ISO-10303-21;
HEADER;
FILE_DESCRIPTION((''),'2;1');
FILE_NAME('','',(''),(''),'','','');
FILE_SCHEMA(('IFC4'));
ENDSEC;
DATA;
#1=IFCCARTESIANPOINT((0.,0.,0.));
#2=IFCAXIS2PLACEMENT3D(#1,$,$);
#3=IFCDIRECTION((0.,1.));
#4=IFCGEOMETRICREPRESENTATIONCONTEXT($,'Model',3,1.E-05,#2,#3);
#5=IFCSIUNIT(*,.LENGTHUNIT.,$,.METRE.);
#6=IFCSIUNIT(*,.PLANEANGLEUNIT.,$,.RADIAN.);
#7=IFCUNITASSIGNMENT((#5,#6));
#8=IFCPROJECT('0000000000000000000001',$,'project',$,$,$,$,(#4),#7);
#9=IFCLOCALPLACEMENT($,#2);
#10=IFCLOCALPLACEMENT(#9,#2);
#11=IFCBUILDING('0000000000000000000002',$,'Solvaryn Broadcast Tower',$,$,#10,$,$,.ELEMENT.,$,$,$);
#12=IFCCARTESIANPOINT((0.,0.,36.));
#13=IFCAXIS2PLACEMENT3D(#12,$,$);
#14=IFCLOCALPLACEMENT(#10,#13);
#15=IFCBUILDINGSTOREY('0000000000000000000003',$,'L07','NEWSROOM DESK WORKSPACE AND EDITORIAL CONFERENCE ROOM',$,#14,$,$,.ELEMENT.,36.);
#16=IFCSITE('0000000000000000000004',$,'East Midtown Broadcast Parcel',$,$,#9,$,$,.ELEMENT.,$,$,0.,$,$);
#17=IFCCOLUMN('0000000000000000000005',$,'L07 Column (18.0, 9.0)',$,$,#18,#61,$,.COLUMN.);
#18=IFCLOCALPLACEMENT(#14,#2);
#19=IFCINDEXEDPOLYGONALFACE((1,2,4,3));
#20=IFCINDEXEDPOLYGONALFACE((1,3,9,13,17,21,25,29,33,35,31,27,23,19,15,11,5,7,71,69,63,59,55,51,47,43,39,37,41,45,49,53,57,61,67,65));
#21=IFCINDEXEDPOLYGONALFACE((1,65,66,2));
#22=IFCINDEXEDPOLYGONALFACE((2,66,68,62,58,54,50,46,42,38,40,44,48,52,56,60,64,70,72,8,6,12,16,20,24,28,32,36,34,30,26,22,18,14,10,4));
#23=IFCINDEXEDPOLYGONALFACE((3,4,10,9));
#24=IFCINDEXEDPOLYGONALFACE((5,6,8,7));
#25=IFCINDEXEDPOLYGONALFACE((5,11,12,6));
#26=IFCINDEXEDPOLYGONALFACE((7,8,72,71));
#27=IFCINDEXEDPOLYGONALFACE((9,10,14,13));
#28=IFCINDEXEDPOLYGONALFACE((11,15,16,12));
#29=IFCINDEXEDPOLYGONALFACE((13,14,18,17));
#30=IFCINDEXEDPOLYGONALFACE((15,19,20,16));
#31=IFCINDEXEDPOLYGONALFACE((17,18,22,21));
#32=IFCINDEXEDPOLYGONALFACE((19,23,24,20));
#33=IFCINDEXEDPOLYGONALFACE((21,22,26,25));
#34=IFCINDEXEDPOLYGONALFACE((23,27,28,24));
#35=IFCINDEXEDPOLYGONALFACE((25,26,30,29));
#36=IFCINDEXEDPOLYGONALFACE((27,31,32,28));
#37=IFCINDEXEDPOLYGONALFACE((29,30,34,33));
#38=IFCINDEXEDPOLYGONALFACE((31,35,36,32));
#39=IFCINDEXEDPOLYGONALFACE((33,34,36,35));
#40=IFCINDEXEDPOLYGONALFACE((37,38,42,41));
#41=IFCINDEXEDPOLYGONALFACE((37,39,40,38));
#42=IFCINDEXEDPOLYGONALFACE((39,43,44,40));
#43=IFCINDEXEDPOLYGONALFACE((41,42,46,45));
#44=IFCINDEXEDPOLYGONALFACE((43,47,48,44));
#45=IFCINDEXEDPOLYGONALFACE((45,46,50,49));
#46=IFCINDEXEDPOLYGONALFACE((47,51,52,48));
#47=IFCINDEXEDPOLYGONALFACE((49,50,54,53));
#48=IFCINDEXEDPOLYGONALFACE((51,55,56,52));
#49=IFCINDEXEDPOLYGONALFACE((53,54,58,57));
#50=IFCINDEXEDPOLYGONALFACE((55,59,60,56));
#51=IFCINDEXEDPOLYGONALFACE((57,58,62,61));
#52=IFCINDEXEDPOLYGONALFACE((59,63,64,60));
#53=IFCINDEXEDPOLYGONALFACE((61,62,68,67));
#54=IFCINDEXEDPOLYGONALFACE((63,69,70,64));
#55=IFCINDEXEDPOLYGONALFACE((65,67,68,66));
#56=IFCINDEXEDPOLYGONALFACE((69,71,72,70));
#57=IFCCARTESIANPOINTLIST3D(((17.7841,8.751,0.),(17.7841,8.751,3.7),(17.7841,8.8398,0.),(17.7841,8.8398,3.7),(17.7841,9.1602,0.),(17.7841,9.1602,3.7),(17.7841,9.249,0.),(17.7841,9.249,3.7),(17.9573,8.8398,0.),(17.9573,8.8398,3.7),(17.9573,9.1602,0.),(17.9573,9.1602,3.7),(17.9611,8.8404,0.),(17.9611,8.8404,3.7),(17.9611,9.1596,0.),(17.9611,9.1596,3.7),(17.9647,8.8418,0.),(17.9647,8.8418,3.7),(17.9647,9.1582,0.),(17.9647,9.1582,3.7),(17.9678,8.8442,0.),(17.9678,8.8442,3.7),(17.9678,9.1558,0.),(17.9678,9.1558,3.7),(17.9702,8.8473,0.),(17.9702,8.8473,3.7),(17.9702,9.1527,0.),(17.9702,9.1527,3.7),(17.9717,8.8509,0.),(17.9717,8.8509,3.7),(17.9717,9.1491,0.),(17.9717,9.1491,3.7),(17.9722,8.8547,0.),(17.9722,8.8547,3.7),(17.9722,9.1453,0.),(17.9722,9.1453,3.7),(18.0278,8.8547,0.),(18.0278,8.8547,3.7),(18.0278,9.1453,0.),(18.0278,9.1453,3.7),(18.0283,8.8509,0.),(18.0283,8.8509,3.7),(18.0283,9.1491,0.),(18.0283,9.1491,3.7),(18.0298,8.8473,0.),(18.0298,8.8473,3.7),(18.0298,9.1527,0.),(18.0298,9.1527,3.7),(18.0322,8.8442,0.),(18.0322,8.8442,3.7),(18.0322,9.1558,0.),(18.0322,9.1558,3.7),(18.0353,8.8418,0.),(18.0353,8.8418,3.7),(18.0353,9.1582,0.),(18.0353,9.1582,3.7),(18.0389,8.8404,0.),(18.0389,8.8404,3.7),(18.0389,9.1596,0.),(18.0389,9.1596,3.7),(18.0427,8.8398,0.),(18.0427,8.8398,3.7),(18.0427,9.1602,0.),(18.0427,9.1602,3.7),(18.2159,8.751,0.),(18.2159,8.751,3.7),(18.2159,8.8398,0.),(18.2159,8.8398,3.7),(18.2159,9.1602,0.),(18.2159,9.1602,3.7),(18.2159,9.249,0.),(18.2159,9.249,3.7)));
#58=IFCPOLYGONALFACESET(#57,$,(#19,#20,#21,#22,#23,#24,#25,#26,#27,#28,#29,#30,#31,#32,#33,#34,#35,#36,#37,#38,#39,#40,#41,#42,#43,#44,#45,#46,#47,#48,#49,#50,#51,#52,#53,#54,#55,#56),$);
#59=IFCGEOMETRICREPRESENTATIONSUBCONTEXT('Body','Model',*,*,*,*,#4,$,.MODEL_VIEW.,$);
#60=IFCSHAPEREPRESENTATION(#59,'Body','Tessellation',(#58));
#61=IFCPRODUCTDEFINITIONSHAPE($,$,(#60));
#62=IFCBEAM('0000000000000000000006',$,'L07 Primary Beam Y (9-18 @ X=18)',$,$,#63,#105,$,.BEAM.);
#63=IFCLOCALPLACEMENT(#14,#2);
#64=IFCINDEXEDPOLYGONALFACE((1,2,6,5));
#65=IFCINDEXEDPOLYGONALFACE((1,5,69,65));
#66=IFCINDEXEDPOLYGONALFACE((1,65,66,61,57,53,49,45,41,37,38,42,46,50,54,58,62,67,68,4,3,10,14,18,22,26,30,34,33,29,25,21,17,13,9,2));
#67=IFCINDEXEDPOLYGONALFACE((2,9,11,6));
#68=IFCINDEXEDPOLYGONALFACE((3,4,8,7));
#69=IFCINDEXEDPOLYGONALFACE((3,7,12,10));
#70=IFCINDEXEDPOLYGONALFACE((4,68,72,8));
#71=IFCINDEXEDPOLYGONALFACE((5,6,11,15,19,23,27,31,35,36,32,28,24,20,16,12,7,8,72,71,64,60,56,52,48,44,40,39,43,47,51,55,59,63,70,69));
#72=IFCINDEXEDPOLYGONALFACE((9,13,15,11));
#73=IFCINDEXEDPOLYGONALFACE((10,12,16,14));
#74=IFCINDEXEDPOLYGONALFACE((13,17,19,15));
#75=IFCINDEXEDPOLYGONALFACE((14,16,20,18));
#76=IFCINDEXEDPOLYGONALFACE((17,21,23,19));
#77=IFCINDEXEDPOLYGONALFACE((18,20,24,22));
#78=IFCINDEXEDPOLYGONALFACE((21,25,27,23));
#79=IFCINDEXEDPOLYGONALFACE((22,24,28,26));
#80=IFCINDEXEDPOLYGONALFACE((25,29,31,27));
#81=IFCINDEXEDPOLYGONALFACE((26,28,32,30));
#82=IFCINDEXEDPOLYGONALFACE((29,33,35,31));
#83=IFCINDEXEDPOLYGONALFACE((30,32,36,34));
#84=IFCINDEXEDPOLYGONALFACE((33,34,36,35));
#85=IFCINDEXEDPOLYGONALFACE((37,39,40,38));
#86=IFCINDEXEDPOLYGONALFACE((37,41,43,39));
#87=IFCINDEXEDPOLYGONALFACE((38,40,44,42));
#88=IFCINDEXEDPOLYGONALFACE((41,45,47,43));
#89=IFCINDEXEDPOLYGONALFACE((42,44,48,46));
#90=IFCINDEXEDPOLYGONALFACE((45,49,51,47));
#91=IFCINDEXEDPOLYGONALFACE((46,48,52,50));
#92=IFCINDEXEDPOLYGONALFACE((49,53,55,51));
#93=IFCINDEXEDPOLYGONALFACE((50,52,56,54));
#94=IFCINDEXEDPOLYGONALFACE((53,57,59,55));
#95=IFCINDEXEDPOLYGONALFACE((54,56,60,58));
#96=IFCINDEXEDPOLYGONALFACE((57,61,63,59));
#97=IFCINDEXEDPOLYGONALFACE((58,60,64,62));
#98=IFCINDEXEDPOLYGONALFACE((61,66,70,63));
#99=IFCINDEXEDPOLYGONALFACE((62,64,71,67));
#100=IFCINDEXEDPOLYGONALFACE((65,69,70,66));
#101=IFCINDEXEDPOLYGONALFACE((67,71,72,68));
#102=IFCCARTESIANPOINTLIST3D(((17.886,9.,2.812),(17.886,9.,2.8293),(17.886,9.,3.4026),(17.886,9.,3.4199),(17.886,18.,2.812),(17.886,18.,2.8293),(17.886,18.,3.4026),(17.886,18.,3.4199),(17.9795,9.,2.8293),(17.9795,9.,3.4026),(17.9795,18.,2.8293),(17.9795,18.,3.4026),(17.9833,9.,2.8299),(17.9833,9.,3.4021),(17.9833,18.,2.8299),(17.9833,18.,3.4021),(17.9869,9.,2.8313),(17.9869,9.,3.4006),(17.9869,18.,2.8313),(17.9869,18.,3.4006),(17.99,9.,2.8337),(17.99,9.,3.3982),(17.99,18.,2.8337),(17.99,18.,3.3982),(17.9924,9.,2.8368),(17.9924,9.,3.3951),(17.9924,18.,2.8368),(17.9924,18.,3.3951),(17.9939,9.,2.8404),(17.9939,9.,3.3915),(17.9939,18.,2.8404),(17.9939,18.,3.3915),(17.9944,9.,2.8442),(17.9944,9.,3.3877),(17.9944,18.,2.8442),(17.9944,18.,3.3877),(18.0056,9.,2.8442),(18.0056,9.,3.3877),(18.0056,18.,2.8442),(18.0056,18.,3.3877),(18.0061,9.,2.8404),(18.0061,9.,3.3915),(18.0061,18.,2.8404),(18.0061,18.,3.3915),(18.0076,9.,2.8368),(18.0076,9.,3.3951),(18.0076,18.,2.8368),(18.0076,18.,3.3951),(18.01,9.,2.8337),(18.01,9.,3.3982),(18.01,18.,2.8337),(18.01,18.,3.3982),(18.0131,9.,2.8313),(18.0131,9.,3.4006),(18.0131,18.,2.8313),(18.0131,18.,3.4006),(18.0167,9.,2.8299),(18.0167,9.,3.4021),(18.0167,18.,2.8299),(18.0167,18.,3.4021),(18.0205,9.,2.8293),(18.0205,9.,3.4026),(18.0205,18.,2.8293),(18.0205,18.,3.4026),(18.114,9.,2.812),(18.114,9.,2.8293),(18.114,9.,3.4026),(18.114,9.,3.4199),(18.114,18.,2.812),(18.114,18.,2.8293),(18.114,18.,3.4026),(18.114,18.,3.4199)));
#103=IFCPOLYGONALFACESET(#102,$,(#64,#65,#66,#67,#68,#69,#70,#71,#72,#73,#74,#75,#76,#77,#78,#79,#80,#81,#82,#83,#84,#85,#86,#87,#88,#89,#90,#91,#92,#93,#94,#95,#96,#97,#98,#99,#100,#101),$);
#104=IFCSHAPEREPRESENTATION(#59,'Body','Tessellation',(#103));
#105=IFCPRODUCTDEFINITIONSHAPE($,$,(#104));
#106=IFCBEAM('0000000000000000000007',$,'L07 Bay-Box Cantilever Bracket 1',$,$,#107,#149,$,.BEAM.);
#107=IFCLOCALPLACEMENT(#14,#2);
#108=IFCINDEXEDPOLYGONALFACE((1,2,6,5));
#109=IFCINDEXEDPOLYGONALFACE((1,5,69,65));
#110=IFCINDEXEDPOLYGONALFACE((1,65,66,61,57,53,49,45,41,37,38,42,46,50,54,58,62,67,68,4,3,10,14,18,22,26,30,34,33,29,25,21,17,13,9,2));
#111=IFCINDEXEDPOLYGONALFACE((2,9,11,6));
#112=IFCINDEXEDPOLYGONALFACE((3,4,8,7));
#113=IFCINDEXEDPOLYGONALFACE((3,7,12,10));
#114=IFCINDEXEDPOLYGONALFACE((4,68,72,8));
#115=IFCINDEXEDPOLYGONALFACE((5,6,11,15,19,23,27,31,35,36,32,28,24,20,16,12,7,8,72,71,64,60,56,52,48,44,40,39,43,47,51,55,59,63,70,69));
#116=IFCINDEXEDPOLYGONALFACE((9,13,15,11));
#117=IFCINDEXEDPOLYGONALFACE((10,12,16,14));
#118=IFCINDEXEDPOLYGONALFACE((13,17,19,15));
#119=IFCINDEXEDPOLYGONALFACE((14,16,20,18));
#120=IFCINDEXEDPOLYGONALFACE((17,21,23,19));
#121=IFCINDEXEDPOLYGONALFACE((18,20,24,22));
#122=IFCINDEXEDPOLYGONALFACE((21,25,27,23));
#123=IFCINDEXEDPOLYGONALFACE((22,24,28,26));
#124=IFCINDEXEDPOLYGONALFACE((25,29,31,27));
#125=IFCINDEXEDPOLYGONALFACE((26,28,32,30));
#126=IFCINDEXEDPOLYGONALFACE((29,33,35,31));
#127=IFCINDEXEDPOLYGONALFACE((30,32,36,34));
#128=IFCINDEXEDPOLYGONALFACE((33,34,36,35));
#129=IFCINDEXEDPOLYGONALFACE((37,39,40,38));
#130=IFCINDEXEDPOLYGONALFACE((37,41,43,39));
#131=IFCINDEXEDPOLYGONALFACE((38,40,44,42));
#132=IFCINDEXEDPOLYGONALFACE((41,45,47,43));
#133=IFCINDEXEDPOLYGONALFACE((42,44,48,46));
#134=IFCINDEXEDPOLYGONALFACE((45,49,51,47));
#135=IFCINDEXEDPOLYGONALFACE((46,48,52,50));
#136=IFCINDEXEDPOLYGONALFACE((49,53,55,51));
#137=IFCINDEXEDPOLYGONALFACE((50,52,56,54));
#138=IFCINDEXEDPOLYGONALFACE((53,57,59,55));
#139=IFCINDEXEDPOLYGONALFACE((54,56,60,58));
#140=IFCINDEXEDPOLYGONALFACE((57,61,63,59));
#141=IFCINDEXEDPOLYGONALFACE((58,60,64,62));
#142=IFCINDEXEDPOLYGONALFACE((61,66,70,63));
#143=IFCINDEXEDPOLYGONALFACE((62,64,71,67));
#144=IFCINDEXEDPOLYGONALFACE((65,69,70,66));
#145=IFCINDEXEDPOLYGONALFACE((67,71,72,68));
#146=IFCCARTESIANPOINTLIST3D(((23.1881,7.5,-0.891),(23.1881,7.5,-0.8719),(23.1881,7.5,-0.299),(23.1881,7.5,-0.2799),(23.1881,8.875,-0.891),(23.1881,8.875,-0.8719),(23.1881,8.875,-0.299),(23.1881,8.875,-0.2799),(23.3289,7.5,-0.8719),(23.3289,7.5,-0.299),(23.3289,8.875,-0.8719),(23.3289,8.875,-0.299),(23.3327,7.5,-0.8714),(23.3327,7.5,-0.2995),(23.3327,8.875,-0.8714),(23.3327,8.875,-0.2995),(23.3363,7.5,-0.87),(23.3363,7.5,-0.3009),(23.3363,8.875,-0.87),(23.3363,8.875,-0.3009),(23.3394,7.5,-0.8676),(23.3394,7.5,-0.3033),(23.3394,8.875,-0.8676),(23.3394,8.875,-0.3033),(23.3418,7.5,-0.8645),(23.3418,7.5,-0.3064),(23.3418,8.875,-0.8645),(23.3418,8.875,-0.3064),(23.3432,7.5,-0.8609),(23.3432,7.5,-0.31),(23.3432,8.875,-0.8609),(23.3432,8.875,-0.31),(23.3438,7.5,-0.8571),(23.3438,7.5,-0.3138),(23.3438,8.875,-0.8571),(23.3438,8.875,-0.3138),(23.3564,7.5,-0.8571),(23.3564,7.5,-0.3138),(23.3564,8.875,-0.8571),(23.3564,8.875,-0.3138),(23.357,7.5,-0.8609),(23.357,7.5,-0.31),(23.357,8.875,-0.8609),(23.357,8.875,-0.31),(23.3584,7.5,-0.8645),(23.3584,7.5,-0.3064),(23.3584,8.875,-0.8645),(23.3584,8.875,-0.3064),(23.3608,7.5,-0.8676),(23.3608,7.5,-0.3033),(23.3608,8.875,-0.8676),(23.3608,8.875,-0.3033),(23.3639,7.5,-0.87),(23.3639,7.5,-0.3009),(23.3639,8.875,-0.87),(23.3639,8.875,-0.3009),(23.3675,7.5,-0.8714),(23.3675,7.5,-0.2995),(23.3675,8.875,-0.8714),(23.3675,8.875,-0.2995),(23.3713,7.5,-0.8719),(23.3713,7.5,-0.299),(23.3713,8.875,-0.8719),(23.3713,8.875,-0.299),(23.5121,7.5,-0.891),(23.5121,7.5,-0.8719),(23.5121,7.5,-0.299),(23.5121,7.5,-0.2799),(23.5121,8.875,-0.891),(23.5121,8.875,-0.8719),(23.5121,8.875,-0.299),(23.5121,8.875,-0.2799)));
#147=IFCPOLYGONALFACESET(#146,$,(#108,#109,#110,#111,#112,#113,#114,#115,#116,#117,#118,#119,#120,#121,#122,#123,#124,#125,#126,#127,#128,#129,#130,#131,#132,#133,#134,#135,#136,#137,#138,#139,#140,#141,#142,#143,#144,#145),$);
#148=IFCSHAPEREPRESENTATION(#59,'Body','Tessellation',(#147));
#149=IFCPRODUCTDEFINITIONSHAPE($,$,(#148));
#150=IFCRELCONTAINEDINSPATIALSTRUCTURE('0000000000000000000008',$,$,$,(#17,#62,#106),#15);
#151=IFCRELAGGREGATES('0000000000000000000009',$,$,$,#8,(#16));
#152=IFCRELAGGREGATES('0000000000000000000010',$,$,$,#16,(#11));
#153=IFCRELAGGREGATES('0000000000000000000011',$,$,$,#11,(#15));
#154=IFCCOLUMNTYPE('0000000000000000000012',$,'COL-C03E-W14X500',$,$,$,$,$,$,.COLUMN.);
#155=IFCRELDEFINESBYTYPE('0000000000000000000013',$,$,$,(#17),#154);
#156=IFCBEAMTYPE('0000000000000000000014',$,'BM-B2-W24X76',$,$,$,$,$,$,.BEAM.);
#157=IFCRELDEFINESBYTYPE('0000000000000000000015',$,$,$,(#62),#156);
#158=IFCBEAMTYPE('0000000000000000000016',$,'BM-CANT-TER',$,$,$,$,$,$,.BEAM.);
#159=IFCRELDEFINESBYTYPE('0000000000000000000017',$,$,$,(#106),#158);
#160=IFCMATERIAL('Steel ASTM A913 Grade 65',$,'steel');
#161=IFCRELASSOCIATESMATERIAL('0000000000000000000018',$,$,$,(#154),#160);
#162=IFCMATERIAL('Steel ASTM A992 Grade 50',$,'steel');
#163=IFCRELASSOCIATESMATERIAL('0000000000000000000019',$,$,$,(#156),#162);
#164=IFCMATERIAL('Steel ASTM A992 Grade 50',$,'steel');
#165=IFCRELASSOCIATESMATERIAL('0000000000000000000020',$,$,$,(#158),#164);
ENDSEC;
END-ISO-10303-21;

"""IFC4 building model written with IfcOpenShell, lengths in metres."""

from ifc_helpers import new_model, si_unit, direction, frame, origin, origin_2d, place, context, subcontext, project, spatial, i_section, extrude, material, material_profile, profile_set, type_object, element, save


model = new_model("IFC4")

# Units and contexts
model_context = context("Model", 3, precision=1e-05, world=origin(), true_north=direction((0.0, 1.0)))
body_context = subcontext(model_context, "Body", "Model", "MODEL_VIEW")
ifc_project = project(units=[si_unit("LENGTHUNIT", "METRE"), si_unit("PLANEANGLEUNIT", "RADIAN")], contexts=[model_context])

# Site, building, storey
site_placement = place(None, origin())
site = spatial("IfcSite", under=ifc_project, at=site_placement, Name="East Midtown Broadcast Parcel", CompositionType="ELEMENT", RefElevation=0.0)
building_placement = place(site_placement, origin())
building = spatial("IfcBuilding", under=site, at=building_placement, Name="Solvaryn Broadcast Tower", CompositionType="ELEMENT")
storey_placement = place(building_placement, frame((0.0, 0.0, 36.0)))
storey = spatial("IfcBuildingStorey", under=building, at=storey_placement, Name="L07", Description="NEWSROOM DESK WORKSPACE AND EDITORIAL CONFERENCE ROOM", CompositionType="ELEMENT", Elevation=36.0)

# Column
ifc_material_1 = material(Name="Steel ASTM A913 Grade 65", Category="steel")
ifc_material_profile_1 = material_profile(ifc_material_1, i_section(OverallWidth=0.4319, OverallDepth=0.498, WebThickness=0.0557, FlangeThickness=0.0889, FilletRadius=0.0149, at=origin_2d()))
ifc_profile_set_1 = profile_set([ifc_material_profile_1], Name="Steel ASTM A913 Grade 65")
column_type = type_object("IfcColumnType", Name="COL-C03E-W14X500", PredefinedType="COLUMN", material=ifc_profile_set_1)
column_placement = place(storey_placement, frame((18.0, 9.0, 0.0), z_axis=(0.0, 0.0, 1.0), x_axis=(1.0, 0.0, 0.0)))
element("IfcColumn", 1, at=column_placement, inside=storey, type_object=column_type, Name="L07 Column (18.0, 9.0)", PredefinedType="COLUMN", context=body_context, shape_type="SweptSolid", body=[
    extrude(i_section(OverallWidth=0.4319, OverallDepth=0.498, WebThickness=0.0557, FlangeThickness=0.0889, FilletRadius=0.0149, at=origin_2d()), origin(), (0.0, 0.0, 1.0), 3.7),
])

# Beams
ifc_material_2 = material(Name="Steel ASTM A992 Grade 50", Category="steel")
ifc_material_profile_2 = material_profile(ifc_material_2, i_section(OverallWidth=0.228, OverallDepth=0.6079, WebThickness=0.0112, FlangeThickness=0.0173, FilletRadius=0.0149, at=origin_2d()))
ifc_profile_set_2 = profile_set([ifc_material_profile_2], Name="Steel ASTM A992 Grade 50")
beam_type_1 = type_object("IfcBeamType", Name="BM-B2-W24X76", PredefinedType="BEAM", material=ifc_profile_set_2)
beam_1_placement = place(storey_placement, frame((18.0, 9.0, 3.116), z_axis=(0.0, 1.0, 0.0), x_axis=(-1.0, 0.0, 0.0)))
element("IfcBeam", 2, at=beam_1_placement, inside=storey, type_object=beam_type_1, Name="L07 Primary Beam Y (9-18 @ X=18)", PredefinedType="BEAM", context=body_context, shape_type="SweptSolid", body=[
    extrude(i_section(OverallWidth=0.228, OverallDepth=0.6079, WebThickness=0.0112, FlangeThickness=0.0173, FilletRadius=0.0149, at=origin_2d()), origin(), (0.0, 0.0, 1.0), 9.0),
])
ifc_material_3 = material(Name="Steel ASTM A992 Grade 50", Category="steel")
ifc_material_profile_3 = material_profile(ifc_material_3, i_section(OverallWidth=0.324, OverallDepth=0.6111, WebThickness=0.0127, FlangeThickness=0.019, FilletRadius=0.0149, at=origin_2d()))
ifc_profile_set_3 = profile_set([ifc_material_profile_3], Name="Steel ASTM A992 Grade 50")
beam_type_2 = type_object("IfcBeamType", Name="BM-CANT-TER", PredefinedType="BEAM", material=ifc_profile_set_3)
beam_2_placement = place(storey_placement, frame((23.3501, 8.875, -0.5854), z_axis=(0.0, -1.0, 0.0), x_axis=(1.0, 0.0, 0.0)))
element("IfcBeam", 3, at=beam_2_placement, inside=storey, type_object=beam_type_2, Name="L07 Bay-Box Cantilever Bracket 1", PredefinedType="BEAM", context=body_context, shape_type="SweptSolid", body=[
    extrude(i_section(OverallWidth=0.324, OverallDepth=0.6111, WebThickness=0.0127, FlangeThickness=0.019, FilletRadius=0.0149, at=origin_2d()), origin(), (0.0, 0.0, 1.0), 1.375),
])

save(model, "model.ifc")
